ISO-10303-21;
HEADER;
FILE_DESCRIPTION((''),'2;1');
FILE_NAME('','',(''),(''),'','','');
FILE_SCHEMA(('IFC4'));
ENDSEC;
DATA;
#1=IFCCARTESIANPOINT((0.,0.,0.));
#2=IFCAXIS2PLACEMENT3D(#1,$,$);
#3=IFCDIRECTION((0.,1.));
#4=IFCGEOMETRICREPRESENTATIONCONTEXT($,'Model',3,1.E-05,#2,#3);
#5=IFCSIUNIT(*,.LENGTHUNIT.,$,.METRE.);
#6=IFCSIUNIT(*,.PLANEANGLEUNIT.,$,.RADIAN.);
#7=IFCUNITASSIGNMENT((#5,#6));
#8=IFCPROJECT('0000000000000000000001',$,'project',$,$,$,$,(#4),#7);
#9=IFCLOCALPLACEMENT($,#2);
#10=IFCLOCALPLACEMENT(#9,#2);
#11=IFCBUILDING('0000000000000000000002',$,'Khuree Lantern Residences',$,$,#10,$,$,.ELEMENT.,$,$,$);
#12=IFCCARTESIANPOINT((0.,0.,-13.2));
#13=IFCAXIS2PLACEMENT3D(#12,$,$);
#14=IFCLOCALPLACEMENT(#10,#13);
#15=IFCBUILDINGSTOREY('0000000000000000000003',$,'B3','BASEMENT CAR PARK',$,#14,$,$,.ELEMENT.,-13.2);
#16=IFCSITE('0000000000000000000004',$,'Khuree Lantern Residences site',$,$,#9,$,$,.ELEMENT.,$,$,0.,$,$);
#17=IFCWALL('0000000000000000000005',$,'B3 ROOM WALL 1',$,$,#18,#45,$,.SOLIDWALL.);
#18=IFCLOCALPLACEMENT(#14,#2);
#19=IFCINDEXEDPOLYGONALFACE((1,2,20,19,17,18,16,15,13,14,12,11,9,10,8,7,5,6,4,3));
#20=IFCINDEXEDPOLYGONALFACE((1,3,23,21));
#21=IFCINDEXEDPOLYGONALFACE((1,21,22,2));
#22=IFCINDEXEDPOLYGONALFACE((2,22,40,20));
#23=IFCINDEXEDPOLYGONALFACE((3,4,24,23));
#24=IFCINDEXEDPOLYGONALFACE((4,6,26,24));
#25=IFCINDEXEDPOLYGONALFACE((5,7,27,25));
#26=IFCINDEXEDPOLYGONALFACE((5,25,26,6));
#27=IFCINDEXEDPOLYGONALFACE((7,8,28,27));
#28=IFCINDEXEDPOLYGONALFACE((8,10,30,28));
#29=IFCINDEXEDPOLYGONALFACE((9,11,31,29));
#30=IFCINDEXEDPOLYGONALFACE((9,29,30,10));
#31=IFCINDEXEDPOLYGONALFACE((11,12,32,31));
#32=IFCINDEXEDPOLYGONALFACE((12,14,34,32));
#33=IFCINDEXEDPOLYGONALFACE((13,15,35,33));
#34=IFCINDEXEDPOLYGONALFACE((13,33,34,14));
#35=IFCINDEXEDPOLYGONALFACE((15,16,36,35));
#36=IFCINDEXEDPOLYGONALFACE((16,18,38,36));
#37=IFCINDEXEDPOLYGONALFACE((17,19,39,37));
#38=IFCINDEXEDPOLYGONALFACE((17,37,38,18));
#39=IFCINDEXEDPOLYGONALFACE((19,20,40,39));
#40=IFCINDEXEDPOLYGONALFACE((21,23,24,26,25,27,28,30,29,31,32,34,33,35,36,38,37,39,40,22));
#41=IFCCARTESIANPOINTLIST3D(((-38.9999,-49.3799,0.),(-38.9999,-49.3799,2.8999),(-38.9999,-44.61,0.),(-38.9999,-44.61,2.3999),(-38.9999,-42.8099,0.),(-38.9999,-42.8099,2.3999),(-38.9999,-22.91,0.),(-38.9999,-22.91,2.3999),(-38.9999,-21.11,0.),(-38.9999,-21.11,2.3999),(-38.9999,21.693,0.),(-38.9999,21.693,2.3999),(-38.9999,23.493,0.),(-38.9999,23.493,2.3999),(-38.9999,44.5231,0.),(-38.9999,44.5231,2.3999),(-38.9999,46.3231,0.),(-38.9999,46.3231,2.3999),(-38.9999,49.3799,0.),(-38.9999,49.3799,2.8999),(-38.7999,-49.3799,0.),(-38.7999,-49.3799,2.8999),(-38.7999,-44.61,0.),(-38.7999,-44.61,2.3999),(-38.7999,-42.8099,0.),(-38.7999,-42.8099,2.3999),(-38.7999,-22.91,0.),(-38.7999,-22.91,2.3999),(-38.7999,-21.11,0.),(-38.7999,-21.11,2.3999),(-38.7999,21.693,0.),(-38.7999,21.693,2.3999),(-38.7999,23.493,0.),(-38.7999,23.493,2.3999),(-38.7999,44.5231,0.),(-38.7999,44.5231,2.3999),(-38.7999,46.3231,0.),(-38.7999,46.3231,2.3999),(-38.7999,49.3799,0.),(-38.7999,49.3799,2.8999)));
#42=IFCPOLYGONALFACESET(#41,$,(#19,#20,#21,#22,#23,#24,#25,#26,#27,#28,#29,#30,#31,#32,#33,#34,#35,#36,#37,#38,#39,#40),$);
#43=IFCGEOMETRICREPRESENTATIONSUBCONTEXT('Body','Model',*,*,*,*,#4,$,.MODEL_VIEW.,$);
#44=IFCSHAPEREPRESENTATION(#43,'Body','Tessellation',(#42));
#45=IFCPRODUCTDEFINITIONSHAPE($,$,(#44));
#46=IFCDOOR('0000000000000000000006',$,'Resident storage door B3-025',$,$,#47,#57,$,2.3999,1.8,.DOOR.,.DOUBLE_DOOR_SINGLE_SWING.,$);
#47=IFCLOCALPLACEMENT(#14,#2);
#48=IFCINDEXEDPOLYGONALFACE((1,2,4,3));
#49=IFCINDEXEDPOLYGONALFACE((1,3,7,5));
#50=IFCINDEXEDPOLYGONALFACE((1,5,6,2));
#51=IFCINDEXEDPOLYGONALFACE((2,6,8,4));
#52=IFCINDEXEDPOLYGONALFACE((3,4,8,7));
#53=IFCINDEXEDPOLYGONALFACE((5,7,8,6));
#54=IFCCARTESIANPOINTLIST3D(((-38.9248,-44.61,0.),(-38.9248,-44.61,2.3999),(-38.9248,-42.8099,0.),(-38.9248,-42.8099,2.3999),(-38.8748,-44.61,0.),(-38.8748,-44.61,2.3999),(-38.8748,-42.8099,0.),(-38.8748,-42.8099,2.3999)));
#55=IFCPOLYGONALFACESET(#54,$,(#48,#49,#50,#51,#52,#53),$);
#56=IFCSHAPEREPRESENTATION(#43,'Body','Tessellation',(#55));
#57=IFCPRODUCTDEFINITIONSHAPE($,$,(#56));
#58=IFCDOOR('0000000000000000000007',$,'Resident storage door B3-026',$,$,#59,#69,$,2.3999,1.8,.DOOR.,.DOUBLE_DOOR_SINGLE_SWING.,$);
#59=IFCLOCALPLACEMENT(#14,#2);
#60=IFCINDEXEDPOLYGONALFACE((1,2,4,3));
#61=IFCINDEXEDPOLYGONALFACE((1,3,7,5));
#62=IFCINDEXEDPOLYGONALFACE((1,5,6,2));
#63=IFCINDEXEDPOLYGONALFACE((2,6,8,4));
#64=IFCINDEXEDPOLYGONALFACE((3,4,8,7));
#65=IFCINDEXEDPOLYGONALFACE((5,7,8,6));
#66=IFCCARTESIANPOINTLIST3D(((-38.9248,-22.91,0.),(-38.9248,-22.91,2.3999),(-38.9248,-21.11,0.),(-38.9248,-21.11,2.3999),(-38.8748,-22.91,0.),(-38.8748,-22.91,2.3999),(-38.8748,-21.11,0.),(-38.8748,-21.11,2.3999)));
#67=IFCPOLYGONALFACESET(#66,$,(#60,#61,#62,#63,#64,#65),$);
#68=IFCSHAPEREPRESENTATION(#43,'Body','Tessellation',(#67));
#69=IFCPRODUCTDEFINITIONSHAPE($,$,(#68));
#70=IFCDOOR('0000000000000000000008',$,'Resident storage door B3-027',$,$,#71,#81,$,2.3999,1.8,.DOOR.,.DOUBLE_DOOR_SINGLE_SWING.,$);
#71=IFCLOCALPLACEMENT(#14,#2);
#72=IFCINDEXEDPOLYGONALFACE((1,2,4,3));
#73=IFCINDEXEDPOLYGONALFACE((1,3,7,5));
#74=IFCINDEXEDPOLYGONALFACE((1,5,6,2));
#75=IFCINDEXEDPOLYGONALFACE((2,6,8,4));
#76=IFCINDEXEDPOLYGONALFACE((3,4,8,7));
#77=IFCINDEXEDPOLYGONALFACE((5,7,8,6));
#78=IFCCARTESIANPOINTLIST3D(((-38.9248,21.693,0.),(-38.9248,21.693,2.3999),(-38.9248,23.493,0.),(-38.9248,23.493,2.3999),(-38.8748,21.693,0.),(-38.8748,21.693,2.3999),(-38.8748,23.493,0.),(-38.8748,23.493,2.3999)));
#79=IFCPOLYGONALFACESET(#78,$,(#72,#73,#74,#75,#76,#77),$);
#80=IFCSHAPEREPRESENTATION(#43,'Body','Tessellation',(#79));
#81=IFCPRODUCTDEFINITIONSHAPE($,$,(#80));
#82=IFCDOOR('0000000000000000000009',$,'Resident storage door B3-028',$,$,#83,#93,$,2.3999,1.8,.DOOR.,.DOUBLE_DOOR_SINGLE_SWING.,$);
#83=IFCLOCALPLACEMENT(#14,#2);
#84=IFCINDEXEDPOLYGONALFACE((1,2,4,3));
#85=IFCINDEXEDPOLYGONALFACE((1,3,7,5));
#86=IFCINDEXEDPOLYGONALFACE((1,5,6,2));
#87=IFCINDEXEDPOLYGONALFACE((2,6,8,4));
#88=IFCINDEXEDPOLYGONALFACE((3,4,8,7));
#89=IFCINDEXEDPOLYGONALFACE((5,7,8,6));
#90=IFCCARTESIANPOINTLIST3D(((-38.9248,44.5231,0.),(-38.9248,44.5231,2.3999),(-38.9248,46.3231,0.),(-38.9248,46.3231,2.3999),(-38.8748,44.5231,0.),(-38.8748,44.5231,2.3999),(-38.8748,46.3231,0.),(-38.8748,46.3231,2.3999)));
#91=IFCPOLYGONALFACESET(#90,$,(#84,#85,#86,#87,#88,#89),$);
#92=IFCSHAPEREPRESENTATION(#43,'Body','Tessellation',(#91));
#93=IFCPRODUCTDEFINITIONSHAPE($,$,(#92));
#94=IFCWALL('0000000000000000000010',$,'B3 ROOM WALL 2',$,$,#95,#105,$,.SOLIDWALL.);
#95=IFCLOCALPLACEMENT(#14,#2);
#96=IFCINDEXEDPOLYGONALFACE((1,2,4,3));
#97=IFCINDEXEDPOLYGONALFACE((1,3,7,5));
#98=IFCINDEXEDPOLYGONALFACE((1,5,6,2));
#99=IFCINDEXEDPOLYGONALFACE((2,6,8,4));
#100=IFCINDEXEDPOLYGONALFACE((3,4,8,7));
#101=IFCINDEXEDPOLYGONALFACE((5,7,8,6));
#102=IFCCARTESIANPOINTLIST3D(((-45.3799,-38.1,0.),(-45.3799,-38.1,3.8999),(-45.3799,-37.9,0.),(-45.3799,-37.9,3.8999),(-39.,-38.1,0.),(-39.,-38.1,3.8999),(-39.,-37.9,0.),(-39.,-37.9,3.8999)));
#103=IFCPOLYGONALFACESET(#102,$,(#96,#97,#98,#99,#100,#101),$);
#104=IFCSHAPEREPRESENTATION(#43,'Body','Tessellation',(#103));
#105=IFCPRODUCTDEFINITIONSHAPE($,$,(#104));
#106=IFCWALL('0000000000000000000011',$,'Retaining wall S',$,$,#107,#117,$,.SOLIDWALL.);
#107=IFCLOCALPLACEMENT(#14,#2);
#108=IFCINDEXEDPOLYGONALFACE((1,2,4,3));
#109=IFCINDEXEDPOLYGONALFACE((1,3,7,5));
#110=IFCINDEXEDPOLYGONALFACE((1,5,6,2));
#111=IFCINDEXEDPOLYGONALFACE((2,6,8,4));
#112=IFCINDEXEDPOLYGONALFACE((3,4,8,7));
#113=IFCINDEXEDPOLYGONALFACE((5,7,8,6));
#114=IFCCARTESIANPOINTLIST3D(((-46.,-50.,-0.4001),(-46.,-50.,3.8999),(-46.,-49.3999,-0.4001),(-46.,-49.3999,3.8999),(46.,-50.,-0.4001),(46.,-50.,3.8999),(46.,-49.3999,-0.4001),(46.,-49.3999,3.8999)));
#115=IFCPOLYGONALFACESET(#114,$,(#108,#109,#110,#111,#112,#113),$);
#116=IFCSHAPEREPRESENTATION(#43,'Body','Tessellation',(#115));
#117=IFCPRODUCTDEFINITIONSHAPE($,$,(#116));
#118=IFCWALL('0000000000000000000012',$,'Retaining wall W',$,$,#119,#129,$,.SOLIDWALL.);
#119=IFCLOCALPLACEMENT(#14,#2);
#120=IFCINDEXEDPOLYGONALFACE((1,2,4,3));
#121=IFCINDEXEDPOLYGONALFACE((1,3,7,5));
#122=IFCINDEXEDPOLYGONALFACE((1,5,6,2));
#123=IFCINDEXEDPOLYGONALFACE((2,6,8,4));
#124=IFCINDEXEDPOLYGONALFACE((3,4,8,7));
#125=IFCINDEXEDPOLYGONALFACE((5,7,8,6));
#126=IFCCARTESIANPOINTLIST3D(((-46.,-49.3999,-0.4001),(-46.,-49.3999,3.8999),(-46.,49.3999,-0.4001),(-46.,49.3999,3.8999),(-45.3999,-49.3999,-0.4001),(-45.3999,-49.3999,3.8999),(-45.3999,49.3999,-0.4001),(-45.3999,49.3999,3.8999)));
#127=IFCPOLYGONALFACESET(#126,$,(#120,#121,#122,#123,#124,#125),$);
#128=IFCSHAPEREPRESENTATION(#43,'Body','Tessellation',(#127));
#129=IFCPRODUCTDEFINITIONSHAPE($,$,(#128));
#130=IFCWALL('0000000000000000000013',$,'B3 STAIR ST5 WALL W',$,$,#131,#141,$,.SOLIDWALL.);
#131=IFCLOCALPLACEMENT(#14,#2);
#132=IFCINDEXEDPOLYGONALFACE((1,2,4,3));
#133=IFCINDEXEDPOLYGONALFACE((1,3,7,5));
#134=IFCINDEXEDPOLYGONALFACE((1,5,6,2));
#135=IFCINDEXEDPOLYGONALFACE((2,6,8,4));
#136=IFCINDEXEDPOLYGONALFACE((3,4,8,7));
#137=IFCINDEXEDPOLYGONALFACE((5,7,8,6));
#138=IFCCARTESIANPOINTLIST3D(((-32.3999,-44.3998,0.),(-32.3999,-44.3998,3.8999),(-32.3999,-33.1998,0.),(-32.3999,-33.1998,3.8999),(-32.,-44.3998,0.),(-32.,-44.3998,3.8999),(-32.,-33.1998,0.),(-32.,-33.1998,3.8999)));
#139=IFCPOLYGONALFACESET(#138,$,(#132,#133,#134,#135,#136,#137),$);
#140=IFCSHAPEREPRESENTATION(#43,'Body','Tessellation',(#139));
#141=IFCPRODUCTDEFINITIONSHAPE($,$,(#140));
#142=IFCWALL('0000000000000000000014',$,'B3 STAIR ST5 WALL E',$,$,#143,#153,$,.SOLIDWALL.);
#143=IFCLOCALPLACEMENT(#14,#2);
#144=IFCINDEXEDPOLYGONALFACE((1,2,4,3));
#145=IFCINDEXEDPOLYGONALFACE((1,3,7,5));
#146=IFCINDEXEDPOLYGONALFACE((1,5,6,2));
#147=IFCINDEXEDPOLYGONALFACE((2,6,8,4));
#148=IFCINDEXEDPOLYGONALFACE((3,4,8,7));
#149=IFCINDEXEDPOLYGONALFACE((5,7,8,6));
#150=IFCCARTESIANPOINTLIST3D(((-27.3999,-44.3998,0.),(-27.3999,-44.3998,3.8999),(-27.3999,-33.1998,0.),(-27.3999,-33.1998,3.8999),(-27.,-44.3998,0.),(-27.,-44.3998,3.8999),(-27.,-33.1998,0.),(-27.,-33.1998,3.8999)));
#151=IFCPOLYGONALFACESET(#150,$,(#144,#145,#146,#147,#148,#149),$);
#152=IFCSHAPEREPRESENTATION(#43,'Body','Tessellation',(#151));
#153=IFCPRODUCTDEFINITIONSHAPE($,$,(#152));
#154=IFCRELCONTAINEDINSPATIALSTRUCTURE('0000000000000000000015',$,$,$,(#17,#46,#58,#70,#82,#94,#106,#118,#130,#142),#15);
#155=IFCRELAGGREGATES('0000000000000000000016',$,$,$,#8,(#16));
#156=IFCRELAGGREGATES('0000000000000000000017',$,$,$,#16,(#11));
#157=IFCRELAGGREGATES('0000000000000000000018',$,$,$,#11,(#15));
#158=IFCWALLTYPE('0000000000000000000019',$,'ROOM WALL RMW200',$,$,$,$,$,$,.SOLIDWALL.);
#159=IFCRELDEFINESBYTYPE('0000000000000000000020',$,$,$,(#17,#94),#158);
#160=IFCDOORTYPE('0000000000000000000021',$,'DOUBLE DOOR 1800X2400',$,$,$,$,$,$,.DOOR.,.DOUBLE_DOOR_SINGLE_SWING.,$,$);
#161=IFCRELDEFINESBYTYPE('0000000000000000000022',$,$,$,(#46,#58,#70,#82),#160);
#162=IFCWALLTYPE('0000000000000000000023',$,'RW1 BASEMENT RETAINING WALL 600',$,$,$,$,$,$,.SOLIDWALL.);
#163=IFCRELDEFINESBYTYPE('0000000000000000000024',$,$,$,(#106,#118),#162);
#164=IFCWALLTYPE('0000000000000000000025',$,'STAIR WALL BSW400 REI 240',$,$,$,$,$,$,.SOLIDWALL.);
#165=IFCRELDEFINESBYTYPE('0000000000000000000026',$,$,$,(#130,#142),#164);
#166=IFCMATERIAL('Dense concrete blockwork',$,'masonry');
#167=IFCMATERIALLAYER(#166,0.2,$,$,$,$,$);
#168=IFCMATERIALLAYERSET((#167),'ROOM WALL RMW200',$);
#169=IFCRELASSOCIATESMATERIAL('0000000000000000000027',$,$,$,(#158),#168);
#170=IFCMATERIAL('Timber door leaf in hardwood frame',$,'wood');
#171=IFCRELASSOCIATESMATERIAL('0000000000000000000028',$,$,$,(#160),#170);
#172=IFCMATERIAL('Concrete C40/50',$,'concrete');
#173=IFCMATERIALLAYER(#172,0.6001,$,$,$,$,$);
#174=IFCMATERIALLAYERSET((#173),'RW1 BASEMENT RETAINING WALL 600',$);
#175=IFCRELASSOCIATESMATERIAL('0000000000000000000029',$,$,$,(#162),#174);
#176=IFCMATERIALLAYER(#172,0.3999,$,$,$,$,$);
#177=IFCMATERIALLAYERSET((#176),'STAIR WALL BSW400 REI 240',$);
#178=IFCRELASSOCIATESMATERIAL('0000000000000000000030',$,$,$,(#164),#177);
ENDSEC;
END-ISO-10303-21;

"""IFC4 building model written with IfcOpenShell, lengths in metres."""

from ifc_helpers import new_model, si_unit, direction, frame, frame_2d, origin, place, context, subcontext, project, spatial, rectangle, extrude, material, layer, layer_set, type_object, element, fill, save


model = new_model("IFC4")

# Units and contexts
model_context = context("Model", 3, precision=1e-05, world=origin(), true_north=direction((0.0, 1.0)))
body_context = subcontext(model_context, "Body", "Model", "MODEL_VIEW")
ifc_project = project(units=[si_unit("LENGTHUNIT", "METRE"), si_unit("PLANEANGLEUNIT", "RADIAN")], contexts=[model_context])

# Site, building, storey
site_placement = place(None, origin())
site = spatial("IfcSite", under=ifc_project, at=site_placement, Name="Khuree Lantern Residences site", CompositionType="ELEMENT", RefElevation=0.0)
building_placement = place(site_placement, origin())
building = spatial("IfcBuilding", under=site, at=building_placement, Name="Khuree Lantern Residences", CompositionType="ELEMENT")
storey_placement = place(building_placement, frame((0.0, 0.0, -13.2)))
storey = spatial("IfcBuildingStorey", under=building, at=storey_placement, Name="B3", Description="BASEMENT CAR PARK", CompositionType="ELEMENT", Elevation=-13.2)

# Shared definitions
ifc_material_1 = material(Name="Concrete C40/50", Category="concrete")

# Wall, openings, doors
ifc_material_2 = material(Name="Dense concrete blockwork", Category="masonry")
ifc_layer_1 = layer(ifc_material_2, 0.2)
ifc_layer_set_1 = layer_set([ifc_layer_1], Name="ROOM WALL RMW200")
wall_type_1 = type_object("IfcWallType", Name="ROOM WALL RMW200", PredefinedType="SOLIDWALL", material=ifc_layer_set_1)
wall_1_placement = place(storey_placement, frame((-38.8999, -49.3799, 0.0), z_axis=(0.0, 0.0, 1.0), x_axis=(0.0, 1.0, 0.0)))
wall_1 = element("IfcWall", 1, at=wall_1_placement, inside=storey, type_object=wall_type_1, Name="B3 ROOM WALL 1", PredefinedType="SOLIDWALL", context=body_context, shape_type="SweptSolid", body=[
    extrude(rectangle(XDim=98.7598, YDim=0.2, at=frame_2d((49.3799, 0.0))), origin(), (0.0, 0.0, 1.0), 2.8999),
])
opening_1_placement = place(wall_1_placement, frame((4.77, 0.0, 0.0)))
opening_1 = element("IfcOpeningElement", 2, at=opening_1_placement, cuts=wall_1, PredefinedType="OPENING", context=body_context, shape_type="SweptSolid", body=[
    extrude(rectangle(XDim=1.8, YDim=2.3999, at=frame_2d((0.8999, 1.2))), frame((0.0, 0.1099, 0.0), z_axis=(0.0, -1.0, 0.0), x_axis=(1.0, 0.0, 0.0)), (0.0, 0.0, 1.0), 0.22),
])
opening_2_placement = place(wall_1_placement, frame((26.47, 0.0, 0.0)))
opening_2 = element("IfcOpeningElement", 3, at=opening_2_placement, cuts=wall_1, PredefinedType="OPENING", context=body_context, shape_type="SweptSolid", body=[
    extrude(rectangle(XDim=1.8, YDim=2.3999, at=frame_2d((0.8999, 1.2))), frame((0.0, 0.1099, 0.0), z_axis=(0.0, -1.0, 0.0), x_axis=(1.0, 0.0, 0.0)), (0.0, 0.0, 1.0), 0.22),
])
opening_3_placement = place(wall_1_placement, frame((71.073, 0.0, 0.0)))
opening_3 = element("IfcOpeningElement", 4, at=opening_3_placement, cuts=wall_1, PredefinedType="OPENING", context=body_context, shape_type="SweptSolid", body=[
    extrude(rectangle(XDim=1.8, YDim=2.3999, at=frame_2d((0.8999, 1.2))), frame((0.0, 0.1099, 0.0), z_axis=(0.0, -1.0, 0.0), x_axis=(1.0, 0.0, 0.0)), (0.0, 0.0, 1.0), 0.22),
])
opening_4_placement = place(wall_1_placement, frame((93.9031, 0.0, 0.0)))
opening_4 = element("IfcOpeningElement", 5, at=opening_4_placement, cuts=wall_1, PredefinedType="OPENING", context=body_context, shape_type="SweptSolid", body=[
    extrude(rectangle(XDim=1.8, YDim=2.3999, at=frame_2d((0.8999, 1.2))), frame((0.0, 0.1099, 0.0), z_axis=(0.0, -1.0, 0.0), x_axis=(1.0, 0.0, 0.0)), (0.0, 0.0, 1.0), 0.22),
])
ifc_material_3 = material(Name="Timber door leaf in hardwood frame", Category="wood")
door_type_1 = type_object("IfcDoorType", Name="DOUBLE DOOR 1800X2400", OperationType="DOUBLE_DOOR_SINGLE_SWING", PredefinedType="DOOR", material=ifc_material_3)
door_1_placement = place(opening_1_placement, origin())
door_1 = element("IfcDoor", 6, at=door_1_placement, inside=storey, type_object=door_type_1, Name="Resident storage door B3-025", OperationType="DOUBLE_DOOR_SINGLE_SWING", OverallHeight=2.3999, OverallWidth=1.8, PredefinedType="DOOR", context=body_context, shape_type="SweptSolid", body=[
    extrude(rectangle(XDim=1.8, YDim=2.3999, at=frame_2d((0.8999, 1.2))), frame((0.0, 0.0249, 0.0), z_axis=(0.0, -1.0, 0.0), x_axis=(1.0, 0.0, 0.0)), (0.0, 0.0, 1.0), 0.05),
])
fill(opening_1, door_1)
door_2_placement = place(opening_2_placement, origin())
door_2 = element("IfcDoor", 7, at=door_2_placement, inside=storey, type_object=door_type_1, Name="Resident storage door B3-026", OperationType="DOUBLE_DOOR_SINGLE_SWING", OverallHeight=2.3999, OverallWidth=1.8, PredefinedType="DOOR", context=body_context, shape_type="SweptSolid", body=[
    extrude(rectangle(XDim=1.8, YDim=2.3999, at=frame_2d((0.8999, 1.2))), frame((0.0, 0.0249, 0.0), z_axis=(0.0, -1.0, 0.0), x_axis=(1.0, 0.0, 0.0)), (0.0, 0.0, 1.0), 0.05),
])
fill(opening_2, door_2)
door_3_placement = place(opening_3_placement, origin())
door_3 = element("IfcDoor", 8, at=door_3_placement, inside=storey, type_object=door_type_1, Name="Resident storage door B3-027", OperationType="DOUBLE_DOOR_SINGLE_SWING", OverallHeight=2.3999, OverallWidth=1.8, PredefinedType="DOOR", context=body_context, shape_type="SweptSolid", body=[
    extrude(rectangle(XDim=1.8, YDim=2.3999, at=frame_2d((0.8999, 1.2))), frame((0.0, 0.0249, 0.0), z_axis=(0.0, -1.0, 0.0), x_axis=(1.0, 0.0, 0.0)), (0.0, 0.0, 1.0), 0.05),
])
fill(opening_3, door_3)
door_4_placement = place(opening_4_placement, origin())
door_4 = element("IfcDoor", 9, at=door_4_placement, inside=storey, type_object=door_type_1, Name="Resident storage door B3-028", OperationType="DOUBLE_DOOR_SINGLE_SWING", OverallHeight=2.3999, OverallWidth=1.8, PredefinedType="DOOR", context=body_context, shape_type="SweptSolid", body=[
    extrude(rectangle(XDim=1.8, YDim=2.3999, at=frame_2d((0.8999, 1.2))), frame((0.0, 0.0249, 0.0), z_axis=(0.0, -1.0, 0.0), x_axis=(1.0, 0.0, 0.0)), (0.0, 0.0, 1.0), 0.05),
])
fill(opening_4, door_4)

# Walls
wall_2_placement = place(storey_placement, frame((-45.3799, -38.0, 0.0), z_axis=(0.0, 0.0, 1.0), x_axis=(1.0, 0.0, 0.0)))
element("IfcWall", 10, at=wall_2_placement, inside=storey, type_object=wall_type_1, Name="B3 ROOM WALL 2", PredefinedType="SOLIDWALL", context=body_context, shape_type="SweptSolid", body=[
    extrude(rectangle(XDim=6.3799, YDim=0.2, at=frame_2d((3.1899, 0.0))), origin(), (0.0, 0.0, 1.0), 3.8999),
])
ifc_layer_2 = layer(ifc_material_1, 0.6001)
ifc_layer_set_2 = layer_set([ifc_layer_2], Name="RW1 BASEMENT RETAINING WALL 600")
wall_type_2 = type_object("IfcWallType", Name="RW1 BASEMENT RETAINING WALL 600", PredefinedType="SOLIDWALL", material=ifc_layer_set_2)
wall_3_placement = place(storey_placement, frame((-46.0, -49.7, -0.4001), z_axis=(0.0, 0.0, 1.0), x_axis=(1.0, 0.0, 0.0)))
element("IfcWall", 11, at=wall_3_placement, inside=storey, type_object=wall_type_2, Name="Retaining wall S", PredefinedType="SOLIDWALL", context=body_context, shape_type="SweptSolid", body=[
    extrude(rectangle(XDim=92.0, YDim=0.6001, at=frame_2d((46.0, 0.0))), origin(), (0.0, 0.0, 1.0), 4.3),
])
wall_4_placement = place(storey_placement, frame((-45.7, -49.3999, -0.4001), z_axis=(0.0, 0.0, 1.0), x_axis=(0.0, 1.0, 0.0)))
element("IfcWall", 12, at=wall_4_placement, inside=storey, type_object=wall_type_2, Name="Retaining wall W", PredefinedType="SOLIDWALL", context=body_context, shape_type="SweptSolid", body=[
    extrude(rectangle(XDim=98.7998, YDim=0.6001, at=frame_2d((49.3999, 0.0))), origin(), (0.0, 0.0, 1.0), 4.3),
])
ifc_layer_3 = layer(ifc_material_1, 0.3999)
ifc_layer_set_3 = layer_set([ifc_layer_3], Name="STAIR WALL BSW400 REI 240")
wall_type_3 = type_object("IfcWallType", Name="STAIR WALL BSW400 REI 240", PredefinedType="SOLIDWALL", material=ifc_layer_set_3)
for number, where, z_axis, x_axis, name in (
    (13, (-32.2, -44.3999, 0.0), (0.0, 0.0, 1.0), (0.0, 1.0, 0.0), "B3 STAIR ST5 WALL W"),
    (14, (-27.2, -44.3999, 0.0), (0.0, 0.0, 1.0), (0.0, 1.0, 0.0), "B3 STAIR ST5 WALL E"),
):
    element("IfcWall", number, at=place(storey_placement, frame(where, z_axis=z_axis, x_axis=x_axis)), inside=storey, type_object=wall_type_3, Name=name, PredefinedType="SOLIDWALL", context=body_context, shape_type="SweptSolid", body=[
        extrude(rectangle(XDim=11.2, YDim=0.3999, at=frame_2d((5.6001, 0.0))), origin(), (0.0, 0.0, 1.0), 3.8999),
    ])

save(model, "model.ifc")
